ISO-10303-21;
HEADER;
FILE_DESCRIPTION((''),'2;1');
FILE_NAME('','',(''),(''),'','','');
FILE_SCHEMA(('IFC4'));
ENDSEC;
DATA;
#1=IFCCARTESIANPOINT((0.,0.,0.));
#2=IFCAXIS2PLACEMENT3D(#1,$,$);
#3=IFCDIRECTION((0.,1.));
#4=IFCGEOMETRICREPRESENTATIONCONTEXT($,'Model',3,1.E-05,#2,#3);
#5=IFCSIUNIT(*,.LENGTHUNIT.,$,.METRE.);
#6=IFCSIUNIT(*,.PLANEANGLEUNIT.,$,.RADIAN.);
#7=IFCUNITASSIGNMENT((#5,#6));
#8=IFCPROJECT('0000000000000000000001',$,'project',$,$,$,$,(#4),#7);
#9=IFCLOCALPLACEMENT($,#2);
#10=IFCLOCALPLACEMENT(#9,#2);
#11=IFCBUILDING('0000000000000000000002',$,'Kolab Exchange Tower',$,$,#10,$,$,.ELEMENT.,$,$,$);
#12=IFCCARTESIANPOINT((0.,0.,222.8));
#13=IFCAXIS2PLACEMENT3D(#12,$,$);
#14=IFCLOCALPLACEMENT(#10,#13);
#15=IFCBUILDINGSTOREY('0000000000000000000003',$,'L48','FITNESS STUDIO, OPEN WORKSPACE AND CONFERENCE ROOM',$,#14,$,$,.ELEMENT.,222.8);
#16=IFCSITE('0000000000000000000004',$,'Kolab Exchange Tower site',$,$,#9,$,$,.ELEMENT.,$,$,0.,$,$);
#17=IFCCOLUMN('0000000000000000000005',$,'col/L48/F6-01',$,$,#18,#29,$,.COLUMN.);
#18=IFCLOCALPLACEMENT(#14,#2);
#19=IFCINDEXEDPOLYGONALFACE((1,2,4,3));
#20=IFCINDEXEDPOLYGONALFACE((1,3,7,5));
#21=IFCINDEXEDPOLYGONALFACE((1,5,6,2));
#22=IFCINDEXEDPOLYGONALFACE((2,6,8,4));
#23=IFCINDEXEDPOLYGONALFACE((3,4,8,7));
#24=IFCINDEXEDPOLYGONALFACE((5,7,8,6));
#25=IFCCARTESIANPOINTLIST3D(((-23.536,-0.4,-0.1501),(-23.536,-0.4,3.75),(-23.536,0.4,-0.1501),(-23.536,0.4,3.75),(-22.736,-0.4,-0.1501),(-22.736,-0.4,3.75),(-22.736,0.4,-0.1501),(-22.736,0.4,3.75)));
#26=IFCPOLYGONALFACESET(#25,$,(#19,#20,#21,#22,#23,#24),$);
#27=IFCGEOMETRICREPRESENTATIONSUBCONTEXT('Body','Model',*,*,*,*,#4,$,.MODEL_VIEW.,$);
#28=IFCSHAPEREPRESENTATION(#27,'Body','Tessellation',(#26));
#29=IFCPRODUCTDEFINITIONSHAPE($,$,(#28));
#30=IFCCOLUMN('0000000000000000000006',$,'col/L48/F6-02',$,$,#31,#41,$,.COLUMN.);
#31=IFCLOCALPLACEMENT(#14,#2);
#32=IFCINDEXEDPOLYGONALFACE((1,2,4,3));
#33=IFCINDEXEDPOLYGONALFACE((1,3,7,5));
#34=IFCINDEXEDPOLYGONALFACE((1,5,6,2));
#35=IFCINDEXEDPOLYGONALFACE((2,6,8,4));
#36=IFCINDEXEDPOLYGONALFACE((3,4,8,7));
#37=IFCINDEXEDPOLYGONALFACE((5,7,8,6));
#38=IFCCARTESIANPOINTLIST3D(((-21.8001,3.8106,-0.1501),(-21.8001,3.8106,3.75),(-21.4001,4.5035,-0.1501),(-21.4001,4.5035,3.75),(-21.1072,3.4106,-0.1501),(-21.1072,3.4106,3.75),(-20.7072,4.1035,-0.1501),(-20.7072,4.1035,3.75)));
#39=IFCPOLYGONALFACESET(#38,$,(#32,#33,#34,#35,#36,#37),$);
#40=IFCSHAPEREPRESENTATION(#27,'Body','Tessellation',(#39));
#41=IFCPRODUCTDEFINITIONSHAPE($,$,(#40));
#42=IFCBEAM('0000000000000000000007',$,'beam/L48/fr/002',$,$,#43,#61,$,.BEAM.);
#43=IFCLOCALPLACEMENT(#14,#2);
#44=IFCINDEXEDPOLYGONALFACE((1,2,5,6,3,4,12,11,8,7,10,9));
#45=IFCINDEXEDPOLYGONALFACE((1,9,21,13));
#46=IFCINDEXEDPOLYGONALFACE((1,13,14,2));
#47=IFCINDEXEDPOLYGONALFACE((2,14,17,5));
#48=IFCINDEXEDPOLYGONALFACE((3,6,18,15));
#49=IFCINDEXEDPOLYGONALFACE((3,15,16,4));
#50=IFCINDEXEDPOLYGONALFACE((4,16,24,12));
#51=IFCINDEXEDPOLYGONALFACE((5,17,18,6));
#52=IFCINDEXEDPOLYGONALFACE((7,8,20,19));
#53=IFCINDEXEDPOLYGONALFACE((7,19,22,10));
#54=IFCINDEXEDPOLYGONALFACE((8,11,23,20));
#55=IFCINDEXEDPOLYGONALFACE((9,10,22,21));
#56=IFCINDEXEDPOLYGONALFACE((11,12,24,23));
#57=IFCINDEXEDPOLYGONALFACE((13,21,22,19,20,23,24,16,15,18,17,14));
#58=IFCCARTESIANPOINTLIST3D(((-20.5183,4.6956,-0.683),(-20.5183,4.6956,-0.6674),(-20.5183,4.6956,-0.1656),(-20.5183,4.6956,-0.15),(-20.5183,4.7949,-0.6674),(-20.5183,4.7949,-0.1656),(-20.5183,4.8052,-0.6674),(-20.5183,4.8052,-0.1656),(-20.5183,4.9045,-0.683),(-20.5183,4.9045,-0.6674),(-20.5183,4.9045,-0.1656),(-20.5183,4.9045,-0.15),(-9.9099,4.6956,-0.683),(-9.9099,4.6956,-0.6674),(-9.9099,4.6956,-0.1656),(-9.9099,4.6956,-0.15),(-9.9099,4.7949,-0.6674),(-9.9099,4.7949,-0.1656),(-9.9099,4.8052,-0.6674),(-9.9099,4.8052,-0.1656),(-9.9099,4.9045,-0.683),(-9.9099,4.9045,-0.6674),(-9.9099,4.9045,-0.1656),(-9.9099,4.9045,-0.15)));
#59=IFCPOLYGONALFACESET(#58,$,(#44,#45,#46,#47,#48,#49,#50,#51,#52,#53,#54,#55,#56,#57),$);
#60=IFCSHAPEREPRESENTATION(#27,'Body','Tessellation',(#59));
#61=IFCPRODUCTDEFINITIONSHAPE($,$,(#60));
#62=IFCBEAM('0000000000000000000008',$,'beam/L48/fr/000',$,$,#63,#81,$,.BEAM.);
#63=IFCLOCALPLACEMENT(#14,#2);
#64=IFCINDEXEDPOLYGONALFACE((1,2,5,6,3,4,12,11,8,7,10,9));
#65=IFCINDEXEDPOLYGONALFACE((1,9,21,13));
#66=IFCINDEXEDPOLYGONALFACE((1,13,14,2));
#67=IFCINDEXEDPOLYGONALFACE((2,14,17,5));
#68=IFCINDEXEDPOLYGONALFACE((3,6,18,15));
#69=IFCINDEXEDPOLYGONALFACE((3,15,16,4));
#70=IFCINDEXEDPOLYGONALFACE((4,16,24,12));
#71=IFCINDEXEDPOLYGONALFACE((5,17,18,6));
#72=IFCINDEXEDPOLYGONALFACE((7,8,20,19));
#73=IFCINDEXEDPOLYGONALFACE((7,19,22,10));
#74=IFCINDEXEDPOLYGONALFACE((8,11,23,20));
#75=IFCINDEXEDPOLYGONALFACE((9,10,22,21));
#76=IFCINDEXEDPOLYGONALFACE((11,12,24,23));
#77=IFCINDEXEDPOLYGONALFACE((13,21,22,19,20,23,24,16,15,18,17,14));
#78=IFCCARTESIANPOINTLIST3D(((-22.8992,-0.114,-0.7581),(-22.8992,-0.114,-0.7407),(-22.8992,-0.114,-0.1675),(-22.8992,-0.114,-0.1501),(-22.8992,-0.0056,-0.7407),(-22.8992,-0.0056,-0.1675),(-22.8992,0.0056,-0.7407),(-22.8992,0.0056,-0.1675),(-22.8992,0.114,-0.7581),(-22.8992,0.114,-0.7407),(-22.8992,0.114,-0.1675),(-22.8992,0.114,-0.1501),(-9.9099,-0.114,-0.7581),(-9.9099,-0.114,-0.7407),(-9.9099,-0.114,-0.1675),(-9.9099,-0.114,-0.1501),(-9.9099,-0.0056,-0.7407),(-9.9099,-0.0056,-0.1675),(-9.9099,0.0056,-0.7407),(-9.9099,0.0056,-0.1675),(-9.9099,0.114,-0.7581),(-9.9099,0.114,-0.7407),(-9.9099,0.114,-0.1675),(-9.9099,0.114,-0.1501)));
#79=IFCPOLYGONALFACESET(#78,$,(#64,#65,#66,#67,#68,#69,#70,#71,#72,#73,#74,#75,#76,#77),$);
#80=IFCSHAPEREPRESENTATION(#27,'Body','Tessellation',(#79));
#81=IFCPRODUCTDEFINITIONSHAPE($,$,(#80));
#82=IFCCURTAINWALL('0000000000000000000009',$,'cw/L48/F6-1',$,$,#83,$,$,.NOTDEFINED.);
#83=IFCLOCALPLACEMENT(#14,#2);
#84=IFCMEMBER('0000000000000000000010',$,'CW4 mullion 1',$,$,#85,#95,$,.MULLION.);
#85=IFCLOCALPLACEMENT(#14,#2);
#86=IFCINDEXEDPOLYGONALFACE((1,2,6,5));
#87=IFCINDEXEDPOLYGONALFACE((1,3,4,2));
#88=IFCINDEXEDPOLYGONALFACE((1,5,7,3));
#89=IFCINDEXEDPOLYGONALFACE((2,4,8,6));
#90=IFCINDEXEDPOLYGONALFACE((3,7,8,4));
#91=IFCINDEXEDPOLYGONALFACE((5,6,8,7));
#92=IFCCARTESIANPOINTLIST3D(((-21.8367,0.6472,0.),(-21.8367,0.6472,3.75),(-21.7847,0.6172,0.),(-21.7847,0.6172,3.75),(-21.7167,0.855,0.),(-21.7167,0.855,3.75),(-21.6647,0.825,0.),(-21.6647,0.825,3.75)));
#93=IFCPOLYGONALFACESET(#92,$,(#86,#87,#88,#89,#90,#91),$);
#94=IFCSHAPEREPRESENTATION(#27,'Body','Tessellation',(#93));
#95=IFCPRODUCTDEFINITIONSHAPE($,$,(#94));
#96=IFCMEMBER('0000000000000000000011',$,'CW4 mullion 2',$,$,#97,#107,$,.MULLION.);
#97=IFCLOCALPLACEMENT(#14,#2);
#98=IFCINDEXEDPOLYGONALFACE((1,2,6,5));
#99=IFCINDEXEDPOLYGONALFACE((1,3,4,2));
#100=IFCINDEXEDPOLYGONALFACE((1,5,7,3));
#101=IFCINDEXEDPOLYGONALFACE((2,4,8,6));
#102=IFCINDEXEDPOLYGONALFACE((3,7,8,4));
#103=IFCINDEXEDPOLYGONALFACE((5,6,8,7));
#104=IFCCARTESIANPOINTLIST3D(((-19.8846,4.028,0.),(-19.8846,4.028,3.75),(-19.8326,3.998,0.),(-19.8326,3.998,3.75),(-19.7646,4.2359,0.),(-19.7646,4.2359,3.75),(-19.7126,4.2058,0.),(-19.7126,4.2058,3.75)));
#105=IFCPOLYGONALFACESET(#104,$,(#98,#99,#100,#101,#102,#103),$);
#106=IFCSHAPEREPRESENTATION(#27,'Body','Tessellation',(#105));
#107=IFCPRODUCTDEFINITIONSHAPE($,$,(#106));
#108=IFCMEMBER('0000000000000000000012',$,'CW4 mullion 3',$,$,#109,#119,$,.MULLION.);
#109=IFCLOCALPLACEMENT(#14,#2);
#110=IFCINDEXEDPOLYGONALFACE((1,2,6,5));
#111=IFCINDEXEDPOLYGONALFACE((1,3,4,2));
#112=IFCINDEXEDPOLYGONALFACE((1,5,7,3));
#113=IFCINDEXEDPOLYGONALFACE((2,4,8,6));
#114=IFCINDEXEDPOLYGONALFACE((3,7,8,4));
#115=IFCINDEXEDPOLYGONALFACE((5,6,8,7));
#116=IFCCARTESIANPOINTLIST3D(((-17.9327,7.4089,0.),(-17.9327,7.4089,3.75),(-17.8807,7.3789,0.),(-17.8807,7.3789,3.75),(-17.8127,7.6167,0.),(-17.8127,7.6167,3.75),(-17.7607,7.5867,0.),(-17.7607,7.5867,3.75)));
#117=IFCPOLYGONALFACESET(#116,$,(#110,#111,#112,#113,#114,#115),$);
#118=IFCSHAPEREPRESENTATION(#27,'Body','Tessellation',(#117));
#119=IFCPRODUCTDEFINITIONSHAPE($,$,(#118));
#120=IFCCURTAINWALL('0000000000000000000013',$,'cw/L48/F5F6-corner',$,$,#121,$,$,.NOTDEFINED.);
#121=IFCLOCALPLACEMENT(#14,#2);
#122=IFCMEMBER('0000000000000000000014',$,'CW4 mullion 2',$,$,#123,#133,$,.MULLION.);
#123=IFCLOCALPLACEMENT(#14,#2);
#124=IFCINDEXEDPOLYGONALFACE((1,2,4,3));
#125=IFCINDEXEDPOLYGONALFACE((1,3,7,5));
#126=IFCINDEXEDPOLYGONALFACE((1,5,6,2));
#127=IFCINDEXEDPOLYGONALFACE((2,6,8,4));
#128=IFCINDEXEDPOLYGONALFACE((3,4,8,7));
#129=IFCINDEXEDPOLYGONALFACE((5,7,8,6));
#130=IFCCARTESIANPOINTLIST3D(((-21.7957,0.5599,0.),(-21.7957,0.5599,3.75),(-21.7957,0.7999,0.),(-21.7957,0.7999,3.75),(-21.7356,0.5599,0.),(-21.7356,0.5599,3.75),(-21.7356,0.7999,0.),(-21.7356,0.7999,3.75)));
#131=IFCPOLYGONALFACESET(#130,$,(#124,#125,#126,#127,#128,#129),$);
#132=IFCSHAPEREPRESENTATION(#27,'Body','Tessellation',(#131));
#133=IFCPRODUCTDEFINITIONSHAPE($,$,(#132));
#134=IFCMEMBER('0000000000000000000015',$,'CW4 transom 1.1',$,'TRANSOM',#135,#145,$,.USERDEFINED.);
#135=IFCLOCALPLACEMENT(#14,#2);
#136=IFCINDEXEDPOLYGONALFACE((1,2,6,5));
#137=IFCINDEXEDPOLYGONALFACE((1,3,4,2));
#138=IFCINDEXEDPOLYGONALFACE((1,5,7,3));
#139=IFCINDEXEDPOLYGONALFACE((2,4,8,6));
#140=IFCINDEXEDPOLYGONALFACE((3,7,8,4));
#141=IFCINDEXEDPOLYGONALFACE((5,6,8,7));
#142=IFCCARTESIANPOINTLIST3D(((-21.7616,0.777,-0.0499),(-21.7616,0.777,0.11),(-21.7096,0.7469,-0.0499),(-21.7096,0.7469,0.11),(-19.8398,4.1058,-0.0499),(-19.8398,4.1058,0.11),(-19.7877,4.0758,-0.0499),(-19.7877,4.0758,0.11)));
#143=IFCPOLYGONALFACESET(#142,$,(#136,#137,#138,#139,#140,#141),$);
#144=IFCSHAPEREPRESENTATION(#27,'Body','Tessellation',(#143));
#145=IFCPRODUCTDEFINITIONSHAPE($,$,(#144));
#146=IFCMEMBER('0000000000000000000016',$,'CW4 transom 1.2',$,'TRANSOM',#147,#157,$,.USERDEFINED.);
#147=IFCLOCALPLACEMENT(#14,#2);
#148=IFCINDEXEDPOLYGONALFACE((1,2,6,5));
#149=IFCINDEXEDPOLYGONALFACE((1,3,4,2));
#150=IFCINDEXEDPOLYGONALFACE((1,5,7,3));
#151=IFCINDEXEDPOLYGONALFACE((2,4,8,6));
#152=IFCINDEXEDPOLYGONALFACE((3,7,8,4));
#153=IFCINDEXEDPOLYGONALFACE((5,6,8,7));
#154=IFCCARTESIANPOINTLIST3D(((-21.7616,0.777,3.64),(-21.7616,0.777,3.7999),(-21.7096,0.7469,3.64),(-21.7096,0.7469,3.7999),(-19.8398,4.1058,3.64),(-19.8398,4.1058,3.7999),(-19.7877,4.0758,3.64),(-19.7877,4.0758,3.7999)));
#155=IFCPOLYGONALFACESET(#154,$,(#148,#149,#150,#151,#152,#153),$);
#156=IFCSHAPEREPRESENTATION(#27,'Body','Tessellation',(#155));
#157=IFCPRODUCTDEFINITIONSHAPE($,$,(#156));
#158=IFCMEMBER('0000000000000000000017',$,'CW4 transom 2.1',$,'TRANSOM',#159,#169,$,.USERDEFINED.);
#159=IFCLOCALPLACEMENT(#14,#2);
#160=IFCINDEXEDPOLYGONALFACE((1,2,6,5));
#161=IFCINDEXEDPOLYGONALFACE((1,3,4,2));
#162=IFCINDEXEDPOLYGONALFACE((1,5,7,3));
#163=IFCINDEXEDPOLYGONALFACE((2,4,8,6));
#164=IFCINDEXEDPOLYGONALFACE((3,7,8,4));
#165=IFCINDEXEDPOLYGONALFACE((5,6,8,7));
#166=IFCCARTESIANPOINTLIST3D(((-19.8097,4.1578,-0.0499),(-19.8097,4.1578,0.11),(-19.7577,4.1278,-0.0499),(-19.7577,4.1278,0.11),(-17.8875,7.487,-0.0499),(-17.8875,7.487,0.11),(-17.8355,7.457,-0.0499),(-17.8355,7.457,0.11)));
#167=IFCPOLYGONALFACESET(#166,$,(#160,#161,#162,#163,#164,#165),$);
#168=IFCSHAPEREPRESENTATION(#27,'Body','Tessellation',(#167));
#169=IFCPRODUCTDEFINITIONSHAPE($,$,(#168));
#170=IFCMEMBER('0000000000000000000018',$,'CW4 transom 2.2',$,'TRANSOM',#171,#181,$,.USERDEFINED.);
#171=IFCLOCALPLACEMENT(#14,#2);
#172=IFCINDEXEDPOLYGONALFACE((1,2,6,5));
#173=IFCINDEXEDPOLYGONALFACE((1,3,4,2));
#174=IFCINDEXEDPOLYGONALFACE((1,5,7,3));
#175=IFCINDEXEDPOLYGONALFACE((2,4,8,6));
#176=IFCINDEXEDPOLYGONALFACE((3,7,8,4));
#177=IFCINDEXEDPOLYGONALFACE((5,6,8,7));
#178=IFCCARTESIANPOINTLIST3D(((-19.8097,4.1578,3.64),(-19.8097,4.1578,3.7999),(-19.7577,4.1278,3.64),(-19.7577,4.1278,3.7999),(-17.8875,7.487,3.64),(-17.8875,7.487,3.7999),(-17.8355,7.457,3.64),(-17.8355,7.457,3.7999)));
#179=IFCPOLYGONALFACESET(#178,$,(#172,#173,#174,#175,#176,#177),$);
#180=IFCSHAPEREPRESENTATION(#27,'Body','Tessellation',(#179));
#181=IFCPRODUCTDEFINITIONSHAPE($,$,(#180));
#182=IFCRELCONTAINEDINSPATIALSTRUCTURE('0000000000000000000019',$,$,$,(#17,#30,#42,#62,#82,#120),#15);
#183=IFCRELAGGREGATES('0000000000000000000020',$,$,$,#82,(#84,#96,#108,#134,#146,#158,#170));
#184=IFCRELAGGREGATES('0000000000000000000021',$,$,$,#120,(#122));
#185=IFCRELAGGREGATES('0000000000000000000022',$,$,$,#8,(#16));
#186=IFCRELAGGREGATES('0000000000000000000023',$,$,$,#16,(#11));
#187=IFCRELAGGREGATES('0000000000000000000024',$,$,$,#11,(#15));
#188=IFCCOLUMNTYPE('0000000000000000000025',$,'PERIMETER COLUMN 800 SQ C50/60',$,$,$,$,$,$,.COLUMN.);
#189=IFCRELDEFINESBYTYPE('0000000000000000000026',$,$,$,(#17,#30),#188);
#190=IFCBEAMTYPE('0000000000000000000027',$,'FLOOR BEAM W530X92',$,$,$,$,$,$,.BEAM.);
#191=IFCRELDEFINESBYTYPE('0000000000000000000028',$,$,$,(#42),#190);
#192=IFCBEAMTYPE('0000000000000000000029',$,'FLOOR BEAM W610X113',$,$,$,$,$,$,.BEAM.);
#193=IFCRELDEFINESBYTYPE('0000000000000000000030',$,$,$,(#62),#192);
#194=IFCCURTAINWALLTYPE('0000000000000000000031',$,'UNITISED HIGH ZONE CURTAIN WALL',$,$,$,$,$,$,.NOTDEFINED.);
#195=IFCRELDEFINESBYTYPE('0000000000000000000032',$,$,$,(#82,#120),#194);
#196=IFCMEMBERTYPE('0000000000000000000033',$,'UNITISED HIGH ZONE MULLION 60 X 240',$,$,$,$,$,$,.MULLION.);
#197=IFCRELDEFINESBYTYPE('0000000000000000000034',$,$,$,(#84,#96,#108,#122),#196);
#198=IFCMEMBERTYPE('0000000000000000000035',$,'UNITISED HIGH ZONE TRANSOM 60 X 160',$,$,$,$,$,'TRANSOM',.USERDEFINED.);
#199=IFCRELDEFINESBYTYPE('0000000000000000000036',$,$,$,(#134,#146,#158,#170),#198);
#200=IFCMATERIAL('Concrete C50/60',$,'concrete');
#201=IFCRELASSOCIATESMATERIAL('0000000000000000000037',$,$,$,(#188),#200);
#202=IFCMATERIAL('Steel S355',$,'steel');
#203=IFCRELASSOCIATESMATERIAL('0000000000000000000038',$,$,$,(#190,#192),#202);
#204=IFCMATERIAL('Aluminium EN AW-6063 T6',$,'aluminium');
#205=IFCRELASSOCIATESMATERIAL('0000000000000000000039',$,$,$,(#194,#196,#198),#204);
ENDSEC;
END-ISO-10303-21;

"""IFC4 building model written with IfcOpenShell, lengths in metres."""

from ifc_helpers import new_model, si_unit, direction, frame, origin, origin_2d, place, context, subcontext, project, spatial, rectangle, i_section, extrude, material, material_profile, profile_set, type_object, element, aggregate, save


model = new_model("IFC4")

# Units and contexts
model_context = context("Model", 3, precision=1e-05, world=origin(), true_north=direction((0.0, 1.0)))
body_context = subcontext(model_context, "Body", "Model", "MODEL_VIEW")
ifc_project = project(units=[si_unit("LENGTHUNIT", "METRE"), si_unit("PLANEANGLEUNIT", "RADIAN")], contexts=[model_context])

# Site, building, storey
site_placement = place(None, origin())
site = spatial("IfcSite", under=ifc_project, at=site_placement, Name="Kolab Exchange Tower site", CompositionType="ELEMENT", RefElevation=0.0)
building_placement = place(site_placement, origin())
building = spatial("IfcBuilding", under=site, at=building_placement, Name="Kolab Exchange Tower", CompositionType="ELEMENT")
storey_placement = place(building_placement, frame((0.0, 0.0, 222.8)))
storey = spatial("IfcBuildingStorey", under=building, at=storey_placement, Name="L48", Description="FITNESS STUDIO, OPEN WORKSPACE AND CONFERENCE ROOM", CompositionType="ELEMENT", Elevation=222.8)

# Columns
ifc_material_1 = material(Name="Concrete C50/60", Category="concrete")
ifc_material_profile_1 = material_profile(ifc_material_1, rectangle(XDim=0.8, YDim=0.8, at=origin_2d()), Name="RC800")
ifc_profile_set_1 = profile_set([ifc_material_profile_1], Name="Concrete C50/60")
column_type = type_object("IfcColumnType", Name="PERIMETER COLUMN 800 SQ C50/60", PredefinedType="COLUMN", material=ifc_profile_set_1)
for number, where, z_axis, x_axis, name in (
    (1, (-23.136, 0.0, -0.1501), (0.0, 0.0, 1.0), (1.0, 0.0, 0.0), "col/L48/F6-01"),
    (2, (-21.2537, 3.957, -0.1501), (0.0, 0.0, 1.0), (0.5, 0.866025, 0.0), "col/L48/F6-02"),
):
    element("IfcColumn", number, at=place(storey_placement, frame(where, z_axis=z_axis, x_axis=x_axis)), inside=storey, type_object=column_type, Name=name, PredefinedType="COLUMN", context=body_context, shape_type="SweptSolid", body=[
        extrude(rectangle(XDim=0.8, YDim=0.8, at=origin_2d()), origin(), (0.0, 0.0, 1.0), 3.9001),
    ])

# Beams
ifc_material_2 = material(Name="Steel S355", Category="steel")
ifc_material_profile_2 = material_profile(ifc_material_2, i_section(OverallWidth=0.209, OverallDepth=0.533, WebThickness=0.0103, FlangeThickness=0.0156, at=origin_2d()), Name="W530X92")
ifc_profile_set_2 = profile_set([ifc_material_profile_2], Name="Steel S355")
beam_type_1 = type_object("IfcBeamType", Name="FLOOR BEAM W530X92", PredefinedType="BEAM", material=ifc_profile_set_2)
beam_1_placement = place(storey_placement, frame((-20.5183, 4.8, -0.4165), z_axis=(1.0, 0.0, 0.0), x_axis=(0.0, 1.0, 0.0)))
element("IfcBeam", 3, at=beam_1_placement, inside=storey, type_object=beam_type_1, Name="beam/L48/fr/002", PredefinedType="BEAM", context=body_context, shape_type="SweptSolid", body=[
    extrude(i_section(OverallWidth=0.209, OverallDepth=0.533, WebThickness=0.0103, FlangeThickness=0.0156, at=origin_2d()), origin(), (0.0, 0.0, 1.0), 10.6084),
])
ifc_material_profile_3 = material_profile(ifc_material_2, i_section(OverallWidth=0.228, OverallDepth=0.6079, WebThickness=0.0112, FlangeThickness=0.0173, at=origin_2d()), Name="W610X113")
ifc_profile_set_3 = profile_set([ifc_material_profile_3], Name="Steel S355")
beam_type_2 = type_object("IfcBeamType", Name="FLOOR BEAM W610X113", PredefinedType="BEAM", material=ifc_profile_set_3)
beam_2_placement = place(storey_placement, frame((-22.8992, 0.0, -0.4541), z_axis=(1.0, 0.0, 0.0), x_axis=(0.0, 1.0, 0.0)))
element("IfcBeam", 4, at=beam_2_placement, inside=storey, type_object=beam_type_2, Name="beam/L48/fr/000", PredefinedType="BEAM", context=body_context, shape_type="SweptSolid", body=[
    extrude(i_section(OverallWidth=0.228, OverallDepth=0.6079, WebThickness=0.0112, FlangeThickness=0.0173, at=origin_2d()), origin(), (0.0, 0.0, 1.0), 12.9893),
])

# Curtain wall, members
ifc_material_3 = material(Name="Aluminium EN AW-6063 T6", Category="aluminium")
curtain_wall_type = type_object("IfcCurtainWallType", Name="UNITISED HIGH ZONE CURTAIN WALL", PredefinedType="NOTDEFINED", material=ifc_material_3)
curtain_wall_1_placement = place(storey_placement, origin())
curtain_wall_1 = element("IfcCurtainWall", 5, at=curtain_wall_1_placement, inside=storey, type_object=curtain_wall_type, Name="cw/L48/F6-1", PredefinedType="NOTDEFINED")
ifc_material_profile_4 = material_profile(ifc_material_3, rectangle(XDim=0.0601, YDim=0.24, at=origin_2d()), Name="RECT 60X240")
ifc_profile_set_4 = profile_set([ifc_material_profile_4], Name="Aluminium EN AW-6063 T6")
member_type_1 = type_object("IfcMemberType", Name="UNITISED HIGH ZONE MULLION 60 X 240", PredefinedType="MULLION", material=ifc_profile_set_4)
member_1_placement = place(storey_placement, frame((-21.7507, 0.7361, 0.0), z_axis=(0.0, 0.0, 1.0), x_axis=(-0.866025, 0.5, 0.0)))
member_1 = element("IfcMember", 6, at=member_1_placement, type_object=member_type_1, Name="CW4 mullion 1", PredefinedType="MULLION", context=body_context, shape_type="SweptSolid", body=[
    extrude(rectangle(XDim=0.0601, YDim=0.24, at=origin_2d()), origin(), (0.0, 0.0, 1.0), 3.75),
])
member_2_placement = place(storey_placement, frame((-19.7986, 4.1169, 0.0), z_axis=(0.0, 0.0, 1.0), x_axis=(-0.866025, 0.5, 0.0)))
member_2 = element("IfcMember", 7, at=member_2_placement, type_object=member_type_1, Name="CW4 mullion 2", PredefinedType="MULLION", context=body_context, shape_type="SweptSolid", body=[
    extrude(rectangle(XDim=0.0601, YDim=0.24, at=origin_2d()), origin(), (0.0, 0.0, 1.0), 3.75),
])
member_3_placement = place(storey_placement, frame((-17.8467, 7.4978, 0.0), z_axis=(0.0, 0.0, 1.0), x_axis=(-0.866025, 0.5, 0.0)))
member_3 = element("IfcMember", 8, at=member_3_placement, type_object=member_type_1, Name="CW4 mullion 3", PredefinedType="MULLION", context=body_context, shape_type="SweptSolid", body=[
    extrude(rectangle(XDim=0.0601, YDim=0.24, at=origin_2d()), origin(), (0.0, 0.0, 1.0), 3.75),
])

# Curtain wall, member
curtain_wall_2_placement = place(storey_placement, origin())
curtain_wall_2 = element("IfcCurtainWall", 9, at=curtain_wall_2_placement, inside=storey, type_object=curtain_wall_type, Name="cw/L48/F5F6-corner", PredefinedType="NOTDEFINED")
member_4_placement = place(storey_placement, frame((-21.7656, 0.6799, 0.0), z_axis=(0.0, 0.0, 1.0), x_axis=(-1.0, 0.0, 0.0)))
member_4 = element("IfcMember", 10, at=member_4_placement, type_object=member_type_1, Name="CW4 mullion 2", PredefinedType="MULLION", context=body_context, shape_type="SweptSolid", body=[
    extrude(rectangle(XDim=0.0601, YDim=0.24, at=origin_2d()), origin(), (0.0, 0.0, 1.0), 3.75),
])

# Members
ifc_material_profile_5 = material_profile(ifc_material_3, rectangle(XDim=0.0601, YDim=0.1599, at=origin_2d()), Name="RECT 60X160")
ifc_profile_set_5 = profile_set([ifc_material_profile_5], Name="Aluminium EN AW-6063 T6")
member_type_2 = type_object("IfcMemberType", Name="UNITISED HIGH ZONE TRANSOM 60 X 160", ElementType="TRANSOM", PredefinedType="USERDEFINED", material=ifc_profile_set_5)
member_5_placement = place(storey_placement, frame((-21.7356, 0.762, 0.03), z_axis=(0.499992, 0.86603, 0.0), x_axis=(-0.86603, 0.499992, 0.0)))
member_5 = element("IfcMember", 11, at=member_5_placement, type_object=member_type_2, Name="CW4 transom 1.1", ObjectType="TRANSOM", PredefinedType="USERDEFINED", context=body_context, shape_type="SweptSolid", body=[
    extrude(rectangle(XDim=0.0601, YDim=0.1599, at=origin_2d()), origin(), (0.0, 0.0, 1.0), 3.8438),
])
member_6_placement = place(storey_placement, frame((-21.7356, 0.762, 3.72), z_axis=(0.499992, 0.86603, 0.0), x_axis=(-0.86603, 0.499992, 0.0)))
member_6 = element("IfcMember", 12, at=member_6_placement, type_object=member_type_2, Name="CW4 transom 1.2", ObjectType="TRANSOM", PredefinedType="USERDEFINED", context=body_context, shape_type="SweptSolid", body=[
    extrude(rectangle(XDim=0.0601, YDim=0.1599, at=origin_2d()), origin(), (0.0, 0.0, 1.0), 3.8438),
])
member_7_placement = place(storey_placement, frame((-19.7837, 4.1428, 0.03), z_axis=(0.500012, 0.866018, 0.0), x_axis=(-0.866018, 0.500012, 0.0)))
member_7 = element("IfcMember", 13, at=member_7_placement, type_object=member_type_2, Name="CW4 transom 2.1", ObjectType="TRANSOM", PredefinedType="USERDEFINED", context=body_context, shape_type="SweptSolid", body=[
    extrude(rectangle(XDim=0.0601, YDim=0.1599, at=origin_2d()), origin(), (0.0, 0.0, 1.0), 3.8442),
])
member_8_placement = place(storey_placement, frame((-19.7837, 4.1428, 3.72), z_axis=(0.500012, 0.866018, 0.0), x_axis=(-0.866018, 0.500012, 0.0)))
member_8 = element("IfcMember", 14, at=member_8_placement, type_object=member_type_2, Name="CW4 transom 2.2", ObjectType="TRANSOM", PredefinedType="USERDEFINED", context=body_context, shape_type="SweptSolid", body=[
    extrude(rectangle(XDim=0.0601, YDim=0.1599, at=origin_2d()), origin(), (0.0, 0.0, 1.0), 3.8442),
])

aggregate(curtain_wall_1, [member_1, member_2, member_3, member_5, member_6, member_7, member_8])
aggregate(curtain_wall_2, [member_4])

save(model, "model.ifc")
